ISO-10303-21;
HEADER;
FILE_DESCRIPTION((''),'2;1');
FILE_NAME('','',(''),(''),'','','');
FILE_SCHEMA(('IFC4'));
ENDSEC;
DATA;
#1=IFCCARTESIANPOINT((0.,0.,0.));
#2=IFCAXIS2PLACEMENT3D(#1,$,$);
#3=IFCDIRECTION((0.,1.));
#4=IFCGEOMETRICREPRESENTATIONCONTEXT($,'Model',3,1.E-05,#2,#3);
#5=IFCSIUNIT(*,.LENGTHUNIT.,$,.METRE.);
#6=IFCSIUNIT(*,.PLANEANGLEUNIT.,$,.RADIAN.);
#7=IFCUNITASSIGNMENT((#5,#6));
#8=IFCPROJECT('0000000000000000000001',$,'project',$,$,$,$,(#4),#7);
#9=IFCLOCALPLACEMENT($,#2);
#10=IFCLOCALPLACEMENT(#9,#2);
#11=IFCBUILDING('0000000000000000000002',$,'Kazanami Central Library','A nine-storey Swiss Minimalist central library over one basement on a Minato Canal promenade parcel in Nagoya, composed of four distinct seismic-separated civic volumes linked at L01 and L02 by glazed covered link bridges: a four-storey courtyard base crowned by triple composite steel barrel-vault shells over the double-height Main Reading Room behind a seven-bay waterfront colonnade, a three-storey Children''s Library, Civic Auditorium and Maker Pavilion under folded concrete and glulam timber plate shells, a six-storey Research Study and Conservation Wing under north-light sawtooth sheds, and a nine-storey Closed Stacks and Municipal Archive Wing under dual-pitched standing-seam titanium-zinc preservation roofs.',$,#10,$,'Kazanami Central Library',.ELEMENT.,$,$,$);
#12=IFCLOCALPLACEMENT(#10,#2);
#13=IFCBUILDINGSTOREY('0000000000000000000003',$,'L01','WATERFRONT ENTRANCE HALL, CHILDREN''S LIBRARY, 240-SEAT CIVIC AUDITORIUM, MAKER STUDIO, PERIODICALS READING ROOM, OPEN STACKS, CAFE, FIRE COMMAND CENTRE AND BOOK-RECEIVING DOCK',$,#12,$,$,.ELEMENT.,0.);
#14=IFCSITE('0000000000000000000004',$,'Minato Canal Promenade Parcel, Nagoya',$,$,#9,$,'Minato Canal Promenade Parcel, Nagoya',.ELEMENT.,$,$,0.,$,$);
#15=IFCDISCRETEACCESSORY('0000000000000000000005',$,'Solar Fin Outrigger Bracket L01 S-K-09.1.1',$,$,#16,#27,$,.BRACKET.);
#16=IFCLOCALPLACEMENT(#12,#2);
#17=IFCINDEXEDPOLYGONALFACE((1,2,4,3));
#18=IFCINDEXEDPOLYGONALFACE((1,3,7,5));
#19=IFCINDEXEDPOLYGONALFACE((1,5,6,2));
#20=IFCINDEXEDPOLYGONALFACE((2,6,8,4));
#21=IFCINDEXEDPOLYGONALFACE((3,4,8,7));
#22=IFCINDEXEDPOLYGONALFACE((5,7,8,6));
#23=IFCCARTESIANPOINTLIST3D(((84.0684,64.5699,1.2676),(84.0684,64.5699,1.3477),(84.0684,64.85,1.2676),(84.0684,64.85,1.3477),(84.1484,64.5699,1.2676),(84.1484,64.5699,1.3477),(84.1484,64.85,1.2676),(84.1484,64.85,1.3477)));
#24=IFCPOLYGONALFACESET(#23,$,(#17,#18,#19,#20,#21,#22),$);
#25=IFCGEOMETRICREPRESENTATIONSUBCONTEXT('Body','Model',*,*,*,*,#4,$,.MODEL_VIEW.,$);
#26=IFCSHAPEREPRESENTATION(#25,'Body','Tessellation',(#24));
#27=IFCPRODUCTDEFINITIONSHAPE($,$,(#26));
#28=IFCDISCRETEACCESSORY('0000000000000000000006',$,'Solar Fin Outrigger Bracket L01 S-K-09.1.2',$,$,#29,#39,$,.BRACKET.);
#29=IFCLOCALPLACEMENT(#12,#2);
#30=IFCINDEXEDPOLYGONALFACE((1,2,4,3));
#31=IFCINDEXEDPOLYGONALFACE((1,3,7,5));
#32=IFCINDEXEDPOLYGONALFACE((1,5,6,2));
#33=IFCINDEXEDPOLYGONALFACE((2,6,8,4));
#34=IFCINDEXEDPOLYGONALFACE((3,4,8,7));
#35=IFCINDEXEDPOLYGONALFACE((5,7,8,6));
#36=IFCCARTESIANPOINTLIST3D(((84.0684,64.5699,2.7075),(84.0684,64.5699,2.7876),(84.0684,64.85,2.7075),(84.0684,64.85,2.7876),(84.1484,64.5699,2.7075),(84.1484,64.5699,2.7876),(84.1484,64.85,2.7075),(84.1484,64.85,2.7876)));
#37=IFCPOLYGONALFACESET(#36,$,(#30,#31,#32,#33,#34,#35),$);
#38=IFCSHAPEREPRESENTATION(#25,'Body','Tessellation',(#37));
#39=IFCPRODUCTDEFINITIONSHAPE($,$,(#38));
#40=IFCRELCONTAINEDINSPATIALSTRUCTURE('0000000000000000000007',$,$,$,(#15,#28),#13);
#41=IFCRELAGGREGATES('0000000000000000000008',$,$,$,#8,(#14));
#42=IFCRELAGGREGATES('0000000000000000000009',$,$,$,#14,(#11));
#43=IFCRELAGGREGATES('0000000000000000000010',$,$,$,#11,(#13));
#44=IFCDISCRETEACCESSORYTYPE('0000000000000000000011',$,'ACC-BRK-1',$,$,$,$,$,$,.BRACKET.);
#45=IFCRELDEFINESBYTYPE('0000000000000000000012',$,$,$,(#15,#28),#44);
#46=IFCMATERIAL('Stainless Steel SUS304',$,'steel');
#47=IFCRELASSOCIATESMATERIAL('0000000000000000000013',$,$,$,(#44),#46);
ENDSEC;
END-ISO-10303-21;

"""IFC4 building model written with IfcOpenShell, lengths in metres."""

from ifc_helpers import new_model, si_unit, direction, frame, origin, origin_2d, place, context, subcontext, project, spatial, rectangle, extrude, material, type_object, element, save


model = new_model("IFC4")

# Units and contexts
model_context = context("Model", 3, precision=1e-05, world=origin(), true_north=direction((0.0, 1.0)))
body_context = subcontext(model_context, "Body", "Model", "MODEL_VIEW")
ifc_project = project(units=[si_unit("LENGTHUNIT", "METRE"), si_unit("PLANEANGLEUNIT", "RADIAN")], contexts=[model_context])

# Site, building, storey
site_placement = place(None, origin())
site = spatial("IfcSite", under=ifc_project, at=site_placement, Name="Minato Canal Promenade Parcel, Nagoya", LongName="Minato Canal Promenade Parcel, Nagoya", CompositionType="ELEMENT", RefElevation=0.0)
building_placement = place(site_placement, origin())
building = spatial("IfcBuilding", under=site, at=building_placement, Name="Kazanami Central Library", Description="A nine-storey Swiss Minimalist central library over one basement on a Minato Canal promenade parcel in Nagoya, composed of four distinct seismic-separated civic volumes linked at L01 and L02 by glazed covered link bridges: a four-storey courtyard base crowned by triple composite steel barrel-vault shells over the double-height Main Reading Room behind a seven-bay waterfront colonnade, a three-storey Children's Library, Civic Auditorium and Maker Pavilion under folded concrete and glulam timber plate shells, a six-storey Research Study and Conservation Wing under north-light sawtooth sheds, and a nine-storey Closed Stacks and Municipal Archive Wing under dual-pitched standing-seam titanium-zinc preservation roofs.", LongName="Kazanami Central Library", CompositionType="ELEMENT")
storey_placement = place(building_placement, origin())
storey = spatial("IfcBuildingStorey", under=building, at=storey_placement, Name="L01", Description="WATERFRONT ENTRANCE HALL, CHILDREN'S LIBRARY, 240-SEAT CIVIC AUDITORIUM, MAKER STUDIO, PERIODICALS READING ROOM, OPEN STACKS, CAFE, FIRE COMMAND CENTRE AND BOOK-RECEIVING DOCK", CompositionType="ELEMENT", Elevation=0.0)

# Discrete accessories
ifc_material_1 = material(Name="Stainless Steel SUS304", Category="steel")
discrete_accessory_type = type_object("IfcDiscreteAccessoryType", Name="ACC-BRK-1", PredefinedType="BRACKET", material=ifc_material_1)
for number, where, z_axis, x_axis, name in (
    (1, (84.1084, 64.71, 1.2676), (0.0, 0.0, 1.0), (1.0, 0.0, 0.0), "Solar Fin Outrigger Bracket L01 S-K-09.1.1"),
    (2, (84.1084, 64.71, 2.7075), (0.0, 0.0, 1.0), (1.0, 0.0, 0.0), "Solar Fin Outrigger Bracket L01 S-K-09.1.2"),
):
    element("IfcDiscreteAccessory", number, at=place(storey_placement, frame(where, z_axis=z_axis, x_axis=x_axis)), inside=storey, type_object=discrete_accessory_type, Name=name, PredefinedType="BRACKET", context=body_context, shape_type="SweptSolid", body=[
        extrude(rectangle(XDim=0.0801, YDim=0.28, at=origin_2d()), origin(), (0.0, 0.0, 1.0), 0.0801),
    ])

save(model, "model.ifc")
